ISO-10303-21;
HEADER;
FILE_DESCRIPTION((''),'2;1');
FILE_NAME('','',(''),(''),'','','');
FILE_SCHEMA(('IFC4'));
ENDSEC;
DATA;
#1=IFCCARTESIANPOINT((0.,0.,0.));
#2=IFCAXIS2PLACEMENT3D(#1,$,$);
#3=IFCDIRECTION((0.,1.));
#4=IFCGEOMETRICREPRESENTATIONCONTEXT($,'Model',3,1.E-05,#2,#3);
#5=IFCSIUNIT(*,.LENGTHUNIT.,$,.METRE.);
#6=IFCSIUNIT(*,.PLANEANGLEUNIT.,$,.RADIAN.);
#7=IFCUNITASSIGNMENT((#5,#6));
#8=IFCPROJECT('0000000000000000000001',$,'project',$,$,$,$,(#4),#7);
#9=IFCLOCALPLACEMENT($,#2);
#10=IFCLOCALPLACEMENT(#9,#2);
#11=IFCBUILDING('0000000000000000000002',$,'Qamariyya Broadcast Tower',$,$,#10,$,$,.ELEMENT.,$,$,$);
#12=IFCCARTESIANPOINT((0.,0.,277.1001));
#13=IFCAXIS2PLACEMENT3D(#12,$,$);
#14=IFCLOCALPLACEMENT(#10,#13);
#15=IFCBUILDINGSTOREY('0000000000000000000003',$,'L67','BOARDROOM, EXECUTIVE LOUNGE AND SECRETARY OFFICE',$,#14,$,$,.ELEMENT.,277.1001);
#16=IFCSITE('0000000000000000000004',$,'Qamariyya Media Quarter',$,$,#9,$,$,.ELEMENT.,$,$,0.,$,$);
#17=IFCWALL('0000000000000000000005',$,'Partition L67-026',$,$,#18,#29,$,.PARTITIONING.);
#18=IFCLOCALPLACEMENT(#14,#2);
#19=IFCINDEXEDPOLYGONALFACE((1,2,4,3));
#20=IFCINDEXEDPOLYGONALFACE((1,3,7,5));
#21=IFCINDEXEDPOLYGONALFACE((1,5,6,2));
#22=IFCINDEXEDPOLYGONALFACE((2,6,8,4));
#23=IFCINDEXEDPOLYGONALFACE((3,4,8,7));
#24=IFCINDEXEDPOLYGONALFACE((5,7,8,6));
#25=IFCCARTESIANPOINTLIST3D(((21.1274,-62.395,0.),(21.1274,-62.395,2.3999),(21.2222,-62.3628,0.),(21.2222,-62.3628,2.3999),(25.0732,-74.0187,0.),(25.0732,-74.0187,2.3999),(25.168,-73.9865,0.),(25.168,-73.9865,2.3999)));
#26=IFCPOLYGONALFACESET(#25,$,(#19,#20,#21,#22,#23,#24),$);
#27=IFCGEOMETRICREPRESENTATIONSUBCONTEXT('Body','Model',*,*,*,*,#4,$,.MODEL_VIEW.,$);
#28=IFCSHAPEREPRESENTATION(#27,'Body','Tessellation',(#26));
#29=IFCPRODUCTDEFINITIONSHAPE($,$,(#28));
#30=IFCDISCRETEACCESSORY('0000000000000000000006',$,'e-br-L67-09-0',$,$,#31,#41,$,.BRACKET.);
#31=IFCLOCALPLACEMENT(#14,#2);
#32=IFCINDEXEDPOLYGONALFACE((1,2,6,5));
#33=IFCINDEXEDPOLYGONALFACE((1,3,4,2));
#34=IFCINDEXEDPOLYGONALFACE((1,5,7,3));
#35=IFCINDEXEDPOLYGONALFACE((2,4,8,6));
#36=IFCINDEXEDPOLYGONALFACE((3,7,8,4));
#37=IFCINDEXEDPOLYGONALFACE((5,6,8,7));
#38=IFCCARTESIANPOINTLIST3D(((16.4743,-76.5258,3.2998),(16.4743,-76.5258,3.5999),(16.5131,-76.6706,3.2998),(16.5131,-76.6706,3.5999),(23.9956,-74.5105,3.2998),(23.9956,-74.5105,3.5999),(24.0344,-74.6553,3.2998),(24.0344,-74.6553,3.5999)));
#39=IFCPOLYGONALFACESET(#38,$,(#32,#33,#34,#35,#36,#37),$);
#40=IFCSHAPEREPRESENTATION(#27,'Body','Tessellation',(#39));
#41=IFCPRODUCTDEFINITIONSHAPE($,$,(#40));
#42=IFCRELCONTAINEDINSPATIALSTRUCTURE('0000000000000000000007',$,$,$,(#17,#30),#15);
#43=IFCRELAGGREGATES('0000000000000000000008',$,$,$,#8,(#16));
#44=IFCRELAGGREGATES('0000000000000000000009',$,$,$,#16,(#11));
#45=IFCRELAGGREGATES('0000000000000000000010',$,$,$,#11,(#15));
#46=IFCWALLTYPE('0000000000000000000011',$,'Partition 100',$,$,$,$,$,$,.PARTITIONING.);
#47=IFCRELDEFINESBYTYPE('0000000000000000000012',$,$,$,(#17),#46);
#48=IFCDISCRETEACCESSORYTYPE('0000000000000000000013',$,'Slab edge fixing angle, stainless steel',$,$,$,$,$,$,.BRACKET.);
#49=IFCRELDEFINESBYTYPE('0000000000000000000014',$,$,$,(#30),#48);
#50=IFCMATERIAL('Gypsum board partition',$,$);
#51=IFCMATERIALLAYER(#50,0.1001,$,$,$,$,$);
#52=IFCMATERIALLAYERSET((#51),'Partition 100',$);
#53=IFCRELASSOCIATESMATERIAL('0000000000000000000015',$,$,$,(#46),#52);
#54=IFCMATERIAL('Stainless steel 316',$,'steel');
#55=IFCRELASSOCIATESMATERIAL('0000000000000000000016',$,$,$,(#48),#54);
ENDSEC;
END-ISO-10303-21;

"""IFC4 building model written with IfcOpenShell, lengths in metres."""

from ifc_helpers import new_model, si_unit, direction, frame, frame_2d, origin, origin_2d, place, context, subcontext, project, spatial, rectangle, extrude, material, layer, layer_set, type_object, element, save


model = new_model("IFC4")

# Units and contexts
model_context = context("Model", 3, precision=1e-05, world=origin(), true_north=direction((0.0, 1.0)))
body_context = subcontext(model_context, "Body", "Model", "MODEL_VIEW")
ifc_project = project(units=[si_unit("LENGTHUNIT", "METRE"), si_unit("PLANEANGLEUNIT", "RADIAN")], contexts=[model_context])

# Site, building, storey
site_placement = place(None, origin())
site = spatial("IfcSite", under=ifc_project, at=site_placement, Name="Qamariyya Media Quarter", CompositionType="ELEMENT", RefElevation=0.0)
building_placement = place(site_placement, origin())
building = spatial("IfcBuilding", under=site, at=building_placement, Name="Qamariyya Broadcast Tower", CompositionType="ELEMENT")
storey_placement = place(building_placement, frame((0.0, 0.0, 277.1001)))
storey = spatial("IfcBuildingStorey", under=building, at=storey_placement, Name="L67", Description="BOARDROOM, EXECUTIVE LOUNGE AND SECRETARY OFFICE", CompositionType="ELEMENT", Elevation=277.1001)

# Shared definitions
ifc_material_1 = material(Name="Gypsum board partition")

# Wall
ifc_layer_1 = layer(ifc_material_1, 0.1001)
ifc_layer_set_1 = layer_set([ifc_layer_1], Name="Partition 100")
wall_type_1 = type_object("IfcWallType", Name="Partition 100", PredefinedType="PARTITIONING", material=ifc_layer_set_1)
wall_1_placement = place(storey_placement, frame((25.1206, -74.0027, 0.0), z_axis=(0.0, 0.0, 1.0), x_axis=(-0.321444, 0.946929, 0.0)))
element("IfcWall", 1, at=wall_1_placement, inside=storey, type_object=wall_type_1, Name="Partition L67-026", PredefinedType="PARTITIONING", context=body_context, shape_type="SweptSolid", body=[
    extrude(rectangle(XDim=12.2751, YDim=0.1001, at=frame_2d((6.1377, 0.0))), origin(), (0.0, 0.0, 1.0), 2.3999),
])

# Discrete accessory
ifc_material_2 = material(Name="Stainless steel 316", Category="steel")
discrete_accessory_type = type_object("IfcDiscreteAccessoryType", Name="Slab edge fixing angle, stainless steel", PredefinedType="BRACKET", material=ifc_material_2)
discrete_accessory_placement = place(storey_placement, frame((20.2544, -75.5906, 3.2998), z_axis=(0.0, 0.0, 1.0), x_axis=(0.965926, 0.258819, 0.0)))
element("IfcDiscreteAccessory", 2, at=discrete_accessory_placement, inside=storey, type_object=discrete_accessory_type, Name="e-br-L67-09-0", PredefinedType="BRACKET", context=body_context, shape_type="SweptSolid", body=[
    extrude(rectangle(XDim=7.7866, YDim=0.1499, at=origin_2d()), origin(), (0.0, 0.0, 1.0), 0.3),
])

save(model, "model.ifc")
